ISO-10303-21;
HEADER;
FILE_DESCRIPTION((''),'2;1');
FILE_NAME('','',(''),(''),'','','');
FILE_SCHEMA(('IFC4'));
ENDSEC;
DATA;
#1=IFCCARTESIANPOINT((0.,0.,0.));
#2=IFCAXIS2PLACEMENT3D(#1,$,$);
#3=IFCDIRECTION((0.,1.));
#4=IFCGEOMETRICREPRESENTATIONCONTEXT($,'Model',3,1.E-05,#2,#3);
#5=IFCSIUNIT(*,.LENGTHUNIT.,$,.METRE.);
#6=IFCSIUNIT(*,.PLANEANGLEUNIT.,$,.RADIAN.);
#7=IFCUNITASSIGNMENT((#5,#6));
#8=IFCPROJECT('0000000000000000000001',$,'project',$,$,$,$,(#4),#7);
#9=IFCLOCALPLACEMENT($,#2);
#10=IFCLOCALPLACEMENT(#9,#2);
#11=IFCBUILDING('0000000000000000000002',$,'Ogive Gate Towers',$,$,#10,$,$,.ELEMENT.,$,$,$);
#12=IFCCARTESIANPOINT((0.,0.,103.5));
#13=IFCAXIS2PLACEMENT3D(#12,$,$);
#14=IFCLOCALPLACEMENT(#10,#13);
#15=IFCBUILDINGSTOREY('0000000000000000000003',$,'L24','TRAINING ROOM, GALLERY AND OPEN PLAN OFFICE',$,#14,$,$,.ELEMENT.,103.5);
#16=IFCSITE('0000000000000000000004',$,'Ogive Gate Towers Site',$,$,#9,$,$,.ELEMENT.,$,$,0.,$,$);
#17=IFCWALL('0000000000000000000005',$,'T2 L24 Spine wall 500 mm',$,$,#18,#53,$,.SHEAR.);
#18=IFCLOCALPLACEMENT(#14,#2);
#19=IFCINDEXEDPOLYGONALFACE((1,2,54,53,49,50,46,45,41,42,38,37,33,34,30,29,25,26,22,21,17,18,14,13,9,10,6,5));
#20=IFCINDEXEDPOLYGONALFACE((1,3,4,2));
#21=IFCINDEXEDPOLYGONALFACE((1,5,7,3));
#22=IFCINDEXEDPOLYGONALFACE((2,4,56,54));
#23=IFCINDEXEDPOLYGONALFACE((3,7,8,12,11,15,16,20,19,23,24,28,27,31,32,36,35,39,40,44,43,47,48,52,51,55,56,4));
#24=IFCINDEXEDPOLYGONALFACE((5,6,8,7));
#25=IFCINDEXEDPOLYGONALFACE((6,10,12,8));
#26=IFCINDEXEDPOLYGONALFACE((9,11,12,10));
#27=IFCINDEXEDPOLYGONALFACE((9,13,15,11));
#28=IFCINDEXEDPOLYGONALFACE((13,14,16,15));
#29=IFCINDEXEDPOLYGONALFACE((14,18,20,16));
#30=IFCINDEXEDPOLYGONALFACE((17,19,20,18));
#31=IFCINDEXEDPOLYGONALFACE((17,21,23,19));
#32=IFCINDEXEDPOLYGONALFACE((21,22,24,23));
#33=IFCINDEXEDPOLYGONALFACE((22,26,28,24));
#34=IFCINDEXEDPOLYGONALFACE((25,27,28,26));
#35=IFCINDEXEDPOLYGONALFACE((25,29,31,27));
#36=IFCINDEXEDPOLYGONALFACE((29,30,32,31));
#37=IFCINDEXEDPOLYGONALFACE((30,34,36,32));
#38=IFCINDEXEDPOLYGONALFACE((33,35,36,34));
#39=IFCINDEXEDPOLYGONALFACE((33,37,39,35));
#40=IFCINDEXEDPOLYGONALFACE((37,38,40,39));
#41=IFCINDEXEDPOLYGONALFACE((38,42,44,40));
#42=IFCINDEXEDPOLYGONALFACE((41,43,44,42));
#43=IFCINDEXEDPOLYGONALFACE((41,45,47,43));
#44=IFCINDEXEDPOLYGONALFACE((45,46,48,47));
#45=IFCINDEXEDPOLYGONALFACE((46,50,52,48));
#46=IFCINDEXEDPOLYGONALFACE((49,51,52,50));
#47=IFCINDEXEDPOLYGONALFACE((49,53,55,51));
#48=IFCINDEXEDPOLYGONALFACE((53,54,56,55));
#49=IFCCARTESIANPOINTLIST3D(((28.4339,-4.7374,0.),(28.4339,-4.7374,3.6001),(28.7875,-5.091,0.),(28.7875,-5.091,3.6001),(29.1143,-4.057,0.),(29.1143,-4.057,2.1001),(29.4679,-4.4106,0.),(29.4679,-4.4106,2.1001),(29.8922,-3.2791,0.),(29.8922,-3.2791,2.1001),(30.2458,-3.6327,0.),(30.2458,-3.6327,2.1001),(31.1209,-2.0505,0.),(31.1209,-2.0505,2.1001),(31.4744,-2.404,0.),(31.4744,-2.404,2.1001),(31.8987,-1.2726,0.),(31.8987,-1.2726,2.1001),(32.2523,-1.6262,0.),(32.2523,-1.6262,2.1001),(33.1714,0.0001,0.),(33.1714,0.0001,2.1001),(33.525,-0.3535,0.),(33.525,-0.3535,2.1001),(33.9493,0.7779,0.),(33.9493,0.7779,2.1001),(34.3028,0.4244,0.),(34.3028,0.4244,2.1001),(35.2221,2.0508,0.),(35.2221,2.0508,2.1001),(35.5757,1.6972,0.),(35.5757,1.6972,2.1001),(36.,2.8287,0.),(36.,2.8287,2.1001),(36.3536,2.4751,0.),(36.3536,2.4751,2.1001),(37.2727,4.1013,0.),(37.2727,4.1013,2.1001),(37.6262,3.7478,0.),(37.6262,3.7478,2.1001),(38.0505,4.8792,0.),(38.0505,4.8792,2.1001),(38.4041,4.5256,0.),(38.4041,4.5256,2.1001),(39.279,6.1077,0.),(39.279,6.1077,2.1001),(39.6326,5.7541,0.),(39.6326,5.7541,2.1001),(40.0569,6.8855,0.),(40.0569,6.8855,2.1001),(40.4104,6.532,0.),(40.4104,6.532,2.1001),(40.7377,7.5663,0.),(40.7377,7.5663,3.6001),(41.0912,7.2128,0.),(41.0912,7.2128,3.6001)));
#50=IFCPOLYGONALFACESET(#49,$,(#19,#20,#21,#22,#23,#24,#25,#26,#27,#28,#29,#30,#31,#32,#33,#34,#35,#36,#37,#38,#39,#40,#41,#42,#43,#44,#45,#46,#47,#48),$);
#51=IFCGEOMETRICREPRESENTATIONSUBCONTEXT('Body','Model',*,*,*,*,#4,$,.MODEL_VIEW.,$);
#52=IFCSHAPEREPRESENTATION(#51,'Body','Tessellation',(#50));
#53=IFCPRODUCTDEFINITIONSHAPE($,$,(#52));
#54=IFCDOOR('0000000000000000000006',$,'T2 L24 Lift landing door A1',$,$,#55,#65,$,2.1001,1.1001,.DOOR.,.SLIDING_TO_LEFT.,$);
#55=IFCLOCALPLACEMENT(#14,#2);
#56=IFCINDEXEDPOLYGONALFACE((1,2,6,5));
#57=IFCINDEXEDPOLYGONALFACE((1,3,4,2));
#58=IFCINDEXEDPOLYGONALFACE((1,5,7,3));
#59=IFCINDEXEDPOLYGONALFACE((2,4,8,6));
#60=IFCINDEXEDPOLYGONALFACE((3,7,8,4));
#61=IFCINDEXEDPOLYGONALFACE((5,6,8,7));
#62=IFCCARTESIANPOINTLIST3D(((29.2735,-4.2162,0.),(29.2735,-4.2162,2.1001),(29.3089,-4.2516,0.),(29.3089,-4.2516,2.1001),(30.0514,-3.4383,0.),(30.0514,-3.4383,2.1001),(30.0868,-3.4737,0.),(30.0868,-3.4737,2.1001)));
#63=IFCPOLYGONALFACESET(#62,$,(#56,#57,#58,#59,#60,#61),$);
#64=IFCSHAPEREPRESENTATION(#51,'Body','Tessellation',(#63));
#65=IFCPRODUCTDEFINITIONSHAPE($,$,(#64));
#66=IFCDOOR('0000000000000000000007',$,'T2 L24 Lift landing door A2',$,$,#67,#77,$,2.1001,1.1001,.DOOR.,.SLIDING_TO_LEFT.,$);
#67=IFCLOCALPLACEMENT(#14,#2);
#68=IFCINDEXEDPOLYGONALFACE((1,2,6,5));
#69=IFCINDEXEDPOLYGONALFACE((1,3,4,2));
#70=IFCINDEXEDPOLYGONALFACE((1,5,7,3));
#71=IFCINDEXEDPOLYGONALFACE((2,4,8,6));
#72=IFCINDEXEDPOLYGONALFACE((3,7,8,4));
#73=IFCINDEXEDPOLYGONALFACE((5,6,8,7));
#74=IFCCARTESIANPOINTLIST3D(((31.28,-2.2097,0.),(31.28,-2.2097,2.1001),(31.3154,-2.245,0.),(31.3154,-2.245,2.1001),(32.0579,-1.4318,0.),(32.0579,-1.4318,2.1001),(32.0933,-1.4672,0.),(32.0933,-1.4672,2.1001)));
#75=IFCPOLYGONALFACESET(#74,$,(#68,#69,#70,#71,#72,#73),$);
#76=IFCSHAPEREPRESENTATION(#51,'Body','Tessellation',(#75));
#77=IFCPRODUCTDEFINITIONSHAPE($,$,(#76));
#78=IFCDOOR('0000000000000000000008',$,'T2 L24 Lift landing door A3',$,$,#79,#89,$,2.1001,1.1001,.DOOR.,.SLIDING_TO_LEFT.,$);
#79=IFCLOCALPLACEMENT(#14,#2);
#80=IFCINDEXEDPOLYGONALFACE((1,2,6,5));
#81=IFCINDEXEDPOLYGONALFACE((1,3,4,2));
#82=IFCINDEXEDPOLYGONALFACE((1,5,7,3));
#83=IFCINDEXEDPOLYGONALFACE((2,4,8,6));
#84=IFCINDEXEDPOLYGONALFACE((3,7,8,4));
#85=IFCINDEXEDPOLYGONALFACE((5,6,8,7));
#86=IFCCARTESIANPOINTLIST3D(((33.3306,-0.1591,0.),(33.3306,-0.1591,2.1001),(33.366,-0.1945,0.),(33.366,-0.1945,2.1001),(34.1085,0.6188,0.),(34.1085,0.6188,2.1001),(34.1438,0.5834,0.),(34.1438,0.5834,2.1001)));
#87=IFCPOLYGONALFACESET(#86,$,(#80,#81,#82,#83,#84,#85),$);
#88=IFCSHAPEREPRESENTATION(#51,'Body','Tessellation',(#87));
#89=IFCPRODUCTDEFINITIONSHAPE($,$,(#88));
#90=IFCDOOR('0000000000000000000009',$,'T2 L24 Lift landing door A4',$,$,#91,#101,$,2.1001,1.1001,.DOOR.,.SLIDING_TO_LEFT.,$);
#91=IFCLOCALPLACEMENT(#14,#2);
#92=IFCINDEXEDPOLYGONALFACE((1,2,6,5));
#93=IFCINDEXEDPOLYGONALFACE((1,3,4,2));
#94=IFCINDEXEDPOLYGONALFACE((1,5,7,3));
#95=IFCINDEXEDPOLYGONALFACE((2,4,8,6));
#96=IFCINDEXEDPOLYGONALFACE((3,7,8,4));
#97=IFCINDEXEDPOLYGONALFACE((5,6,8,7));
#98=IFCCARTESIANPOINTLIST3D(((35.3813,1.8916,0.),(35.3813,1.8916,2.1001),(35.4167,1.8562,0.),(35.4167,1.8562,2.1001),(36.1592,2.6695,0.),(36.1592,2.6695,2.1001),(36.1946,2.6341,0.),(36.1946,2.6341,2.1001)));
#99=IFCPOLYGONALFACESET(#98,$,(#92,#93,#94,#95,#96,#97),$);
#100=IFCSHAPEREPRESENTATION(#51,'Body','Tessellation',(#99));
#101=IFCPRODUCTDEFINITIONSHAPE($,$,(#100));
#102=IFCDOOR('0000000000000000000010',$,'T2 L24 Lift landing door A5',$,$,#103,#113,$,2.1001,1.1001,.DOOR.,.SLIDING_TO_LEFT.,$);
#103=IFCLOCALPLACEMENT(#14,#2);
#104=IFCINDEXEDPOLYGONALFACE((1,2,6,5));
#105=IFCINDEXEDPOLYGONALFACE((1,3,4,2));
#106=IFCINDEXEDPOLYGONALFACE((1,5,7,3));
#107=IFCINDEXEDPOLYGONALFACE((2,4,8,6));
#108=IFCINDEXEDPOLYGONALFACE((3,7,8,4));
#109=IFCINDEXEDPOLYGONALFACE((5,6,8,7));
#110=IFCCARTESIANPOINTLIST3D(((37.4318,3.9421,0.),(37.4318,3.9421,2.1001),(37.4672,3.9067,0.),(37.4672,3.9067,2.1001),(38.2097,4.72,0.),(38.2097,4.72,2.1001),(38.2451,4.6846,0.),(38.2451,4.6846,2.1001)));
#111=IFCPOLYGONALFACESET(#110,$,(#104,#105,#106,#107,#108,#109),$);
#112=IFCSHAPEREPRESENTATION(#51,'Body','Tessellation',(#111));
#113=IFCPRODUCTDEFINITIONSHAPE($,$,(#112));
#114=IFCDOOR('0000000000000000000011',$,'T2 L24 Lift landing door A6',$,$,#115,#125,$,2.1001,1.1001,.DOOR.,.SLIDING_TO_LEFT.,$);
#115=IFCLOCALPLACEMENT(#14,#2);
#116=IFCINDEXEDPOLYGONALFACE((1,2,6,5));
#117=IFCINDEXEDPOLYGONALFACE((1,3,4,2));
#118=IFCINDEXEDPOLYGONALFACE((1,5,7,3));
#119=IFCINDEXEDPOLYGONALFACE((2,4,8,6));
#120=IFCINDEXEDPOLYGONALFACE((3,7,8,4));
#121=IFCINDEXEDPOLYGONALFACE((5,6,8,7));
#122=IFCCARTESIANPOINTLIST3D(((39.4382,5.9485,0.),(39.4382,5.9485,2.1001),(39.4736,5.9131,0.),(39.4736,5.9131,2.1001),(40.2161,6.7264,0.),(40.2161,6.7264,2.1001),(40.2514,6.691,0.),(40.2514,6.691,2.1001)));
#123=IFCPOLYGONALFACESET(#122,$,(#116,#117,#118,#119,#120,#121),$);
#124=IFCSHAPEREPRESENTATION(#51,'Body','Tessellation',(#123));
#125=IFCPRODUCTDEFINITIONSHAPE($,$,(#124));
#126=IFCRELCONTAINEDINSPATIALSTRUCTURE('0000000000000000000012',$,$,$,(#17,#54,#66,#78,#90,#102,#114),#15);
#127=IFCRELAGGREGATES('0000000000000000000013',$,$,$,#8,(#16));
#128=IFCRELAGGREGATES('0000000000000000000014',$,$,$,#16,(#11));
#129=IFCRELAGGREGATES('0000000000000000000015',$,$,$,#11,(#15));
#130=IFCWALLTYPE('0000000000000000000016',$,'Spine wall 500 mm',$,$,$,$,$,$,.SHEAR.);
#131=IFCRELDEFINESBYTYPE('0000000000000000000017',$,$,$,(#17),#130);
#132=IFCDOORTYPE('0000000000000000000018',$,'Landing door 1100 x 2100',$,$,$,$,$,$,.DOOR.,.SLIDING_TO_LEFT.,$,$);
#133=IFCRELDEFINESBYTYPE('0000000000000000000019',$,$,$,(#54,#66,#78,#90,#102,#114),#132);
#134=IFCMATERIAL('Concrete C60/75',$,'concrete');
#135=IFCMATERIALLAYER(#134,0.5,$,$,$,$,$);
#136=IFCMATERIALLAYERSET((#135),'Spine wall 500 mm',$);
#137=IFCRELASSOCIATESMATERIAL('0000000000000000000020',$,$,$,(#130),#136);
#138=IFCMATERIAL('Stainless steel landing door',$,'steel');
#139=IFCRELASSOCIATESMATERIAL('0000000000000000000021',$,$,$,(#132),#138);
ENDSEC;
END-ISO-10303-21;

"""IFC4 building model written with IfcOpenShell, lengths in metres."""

from ifc_helpers import new_model, si_unit, direction, frame, frame_2d, origin, place, context, subcontext, project, spatial, rectangle, extrude, material, layer, layer_set, type_object, element, fill, save


model = new_model("IFC4")

# Units and contexts
model_context = context("Model", 3, precision=1e-05, world=origin(), true_north=direction((0.0, 1.0)))
body_context = subcontext(model_context, "Body", "Model", "MODEL_VIEW")
ifc_project = project(units=[si_unit("LENGTHUNIT", "METRE"), si_unit("PLANEANGLEUNIT", "RADIAN")], contexts=[model_context])

# Site, building, storey
site_placement = place(None, origin())
site = spatial("IfcSite", under=ifc_project, at=site_placement, Name="Ogive Gate Towers Site", CompositionType="ELEMENT", RefElevation=0.0)
building_placement = place(site_placement, origin())
building = spatial("IfcBuilding", under=site, at=building_placement, Name="Ogive Gate Towers", CompositionType="ELEMENT")
storey_placement = place(building_placement, frame((0.0, 0.0, 103.5)))
storey = spatial("IfcBuildingStorey", under=building, at=storey_placement, Name="L24", Description="TRAINING ROOM, GALLERY AND OPEN PLAN OFFICE", CompositionType="ELEMENT", Elevation=103.5)

# Shared definitions
ifc_material_1 = material(Name="Concrete C60/75", Category="concrete")

# Wall, openings, doors
ifc_layer_1 = layer(ifc_material_1, 0.5)
ifc_layer_set_1 = layer_set([ifc_layer_1], Name="Spine wall 500 mm")
wall_type_1 = type_object("IfcWallType", Name="Spine wall 500 mm", PredefinedType="SHEAR", material=ifc_layer_set_1)
ifc_material_2 = material(Name="Stainless steel landing door", Category="steel")
wall_1_placement = place(storey_placement, frame((28.6106, -4.9143, 0.0), z_axis=(0.0, 0.0, 1.0), x_axis=(0.707107, 0.707107, 0.0)))
wall_1 = element("IfcWall", 1, at=wall_1_placement, inside=storey, type_object=wall_type_1, Name="T2 L24 Spine wall 500 mm", PredefinedType="SHEAR", context=body_context, shape_type="SweptSolid", body=[
    extrude(rectangle(XDim=17.4001, YDim=0.5, at=frame_2d((8.7002, 0.0))), origin(), (0.0, 0.0, 1.0), 3.6001),
])
opening_1_placement = place(wall_1_placement, frame((0.9624, 0.0, 0.0)))
opening_1 = element("IfcOpeningElement", 2, at=opening_1_placement, cuts=wall_1, PredefinedType="OPENING", context=body_context, shape_type="SweptSolid", body=[
    extrude(rectangle(XDim=1.1001, YDim=2.1001, at=frame_2d((0.55, 1.05))), frame((0.0, 0.26, 0.0), z_axis=(0.0, -1.0, 0.0), x_axis=(1.0, 0.0, 0.0)), (0.0, 0.0, 1.0), 0.52),
])
opening_2_placement = place(wall_1_placement, frame((3.8, 0.0, 0.0)))
opening_2 = element("IfcOpeningElement", 3, at=opening_2_placement, cuts=wall_1, PredefinedType="OPENING", context=body_context, shape_type="SweptSolid", body=[
    extrude(rectangle(XDim=1.1001, YDim=2.1001, at=frame_2d((0.55, 1.05))), frame((0.0, 0.26, 0.0), z_axis=(0.0, -1.0, 0.0), x_axis=(1.0, 0.0, 0.0)), (0.0, 0.0, 1.0), 0.52),
])
opening_3_placement = place(wall_1_placement, frame((6.7, 0.0, 0.0)))
opening_3 = element("IfcOpeningElement", 4, at=opening_3_placement, cuts=wall_1, PredefinedType="OPENING", context=body_context, shape_type="SweptSolid", body=[
    extrude(rectangle(XDim=1.1001, YDim=2.1001, at=frame_2d((0.55, 1.05))), frame((0.0, 0.26, 0.0), z_axis=(0.0, -1.0, 0.0), x_axis=(1.0, 0.0, 0.0)), (0.0, 0.0, 1.0), 0.52),
])
opening_4_placement = place(wall_1_placement, frame((9.6001, 0.0, 0.0)))
opening_4 = element("IfcOpeningElement", 5, at=opening_4_placement, cuts=wall_1, PredefinedType="OPENING", context=body_context, shape_type="SweptSolid", body=[
    extrude(rectangle(XDim=1.1001, YDim=2.1001, at=frame_2d((0.55, 1.05))), frame((0.0, 0.26, 0.0), z_axis=(0.0, -1.0, 0.0), x_axis=(1.0, 0.0, 0.0)), (0.0, 0.0, 1.0), 0.52),
])
opening_5_placement = place(wall_1_placement, frame((12.5, 0.0, 0.0)))
opening_5 = element("IfcOpeningElement", 6, at=opening_5_placement, cuts=wall_1, PredefinedType="OPENING", context=body_context, shape_type="SweptSolid", body=[
    extrude(rectangle(XDim=1.1001, YDim=2.1001, at=frame_2d((0.55, 1.05))), frame((0.0, 0.26, 0.0), z_axis=(0.0, -1.0, 0.0), x_axis=(1.0, 0.0, 0.0)), (0.0, 0.0, 1.0), 0.52),
])
opening_6_placement = place(wall_1_placement, frame((15.3374, 0.0, 0.0)))
opening_6 = element("IfcOpeningElement", 7, at=opening_6_placement, cuts=wall_1, PredefinedType="OPENING", context=body_context, shape_type="SweptSolid", body=[
    extrude(rectangle(XDim=1.1001, YDim=2.1001, at=frame_2d((0.55, 1.05))), frame((0.0, 0.26, 0.0), z_axis=(0.0, -1.0, 0.0), x_axis=(1.0, 0.0, 0.0)), (0.0, 0.0, 1.0), 0.52),
])
door_type_1 = type_object("IfcDoorType", Name="Landing door 1100 x 2100", OperationType="SLIDING_TO_LEFT", PredefinedType="DOOR", material=ifc_material_2)
door_1_placement = place(opening_1_placement, origin())
door_1 = element("IfcDoor", 8, at=door_1_placement, inside=storey, type_object=door_type_1, Name="T2 L24 Lift landing door A1", OperationType="SLIDING_TO_LEFT", OverallHeight=2.1001, OverallWidth=1.1001, PredefinedType="DOOR", context=body_context, shape_type="SweptSolid", body=[
    extrude(rectangle(XDim=1.1001, YDim=2.1001, at=frame_2d((0.55, 1.05))), frame((0.0, 0.0249, 0.0), z_axis=(0.0, -1.0, 0.0), x_axis=(1.0, 0.0, 0.0)), (0.0, 0.0, 1.0), 0.05),
])
fill(opening_1, door_1)
door_2_placement = place(opening_2_placement, origin())
door_2 = element("IfcDoor", 9, at=door_2_placement, inside=storey, type_object=door_type_1, Name="T2 L24 Lift landing door A2", OperationType="SLIDING_TO_LEFT", OverallHeight=2.1001, OverallWidth=1.1001, PredefinedType="DOOR", context=body_context, shape_type="SweptSolid", body=[
    extrude(rectangle(XDim=1.1001, YDim=2.1001, at=frame_2d((0.55, 1.05))), frame((0.0, 0.0249, 0.0), z_axis=(0.0, -1.0, 0.0), x_axis=(1.0, 0.0, 0.0)), (0.0, 0.0, 1.0), 0.05),
])
fill(opening_2, door_2)
door_3_placement = place(opening_3_placement, origin())
door_3 = element("IfcDoor", 10, at=door_3_placement, inside=storey, type_object=door_type_1, Name="T2 L24 Lift landing door A3", OperationType="SLIDING_TO_LEFT", OverallHeight=2.1001, OverallWidth=1.1001, PredefinedType="DOOR", context=body_context, shape_type="SweptSolid", body=[
    extrude(rectangle(XDim=1.1001, YDim=2.1001, at=frame_2d((0.55, 1.05))), frame((0.0, 0.0249, 0.0), z_axis=(0.0, -1.0, 0.0), x_axis=(1.0, 0.0, 0.0)), (0.0, 0.0, 1.0), 0.05),
])
fill(opening_3, door_3)
door_4_placement = place(opening_4_placement, origin())
door_4 = element("IfcDoor", 11, at=door_4_placement, inside=storey, type_object=door_type_1, Name="T2 L24 Lift landing door A4", OperationType="SLIDING_TO_LEFT", OverallHeight=2.1001, OverallWidth=1.1001, PredefinedType="DOOR", context=body_context, shape_type="SweptSolid", body=[
    extrude(rectangle(XDim=1.1001, YDim=2.1001, at=frame_2d((0.55, 1.05))), frame((0.0, 0.0249, 0.0), z_axis=(0.0, -1.0, 0.0), x_axis=(1.0, 0.0, 0.0)), (0.0, 0.0, 1.0), 0.05),
])
fill(opening_4, door_4)
door_5_placement = place(opening_5_placement, origin())
door_5 = element("IfcDoor", 12, at=door_5_placement, inside=storey, type_object=door_type_1, Name="T2 L24 Lift landing door A5", OperationType="SLIDING_TO_LEFT", OverallHeight=2.1001, OverallWidth=1.1001, PredefinedType="DOOR", context=body_context, shape_type="SweptSolid", body=[
    extrude(rectangle(XDim=1.1001, YDim=2.1001, at=frame_2d((0.55, 1.05))), frame((0.0, 0.0249, 0.0), z_axis=(0.0, -1.0, 0.0), x_axis=(1.0, 0.0, 0.0)), (0.0, 0.0, 1.0), 0.05),
])
fill(opening_5, door_5)
door_6_placement = place(opening_6_placement, origin())
door_6 = element("IfcDoor", 13, at=door_6_placement, inside=storey, type_object=door_type_1, Name="T2 L24 Lift landing door A6", OperationType="SLIDING_TO_LEFT", OverallHeight=2.1001, OverallWidth=1.1001, PredefinedType="DOOR", context=body_context, shape_type="SweptSolid", body=[
    extrude(rectangle(XDim=1.1001, YDim=2.1001, at=frame_2d((0.55, 1.05))), frame((0.0, 0.0249, 0.0), z_axis=(0.0, -1.0, 0.0), x_axis=(1.0, 0.0, 0.0)), (0.0, 0.0, 1.0), 0.05),
])
fill(opening_6, door_6)

save(model, "model.ifc")
